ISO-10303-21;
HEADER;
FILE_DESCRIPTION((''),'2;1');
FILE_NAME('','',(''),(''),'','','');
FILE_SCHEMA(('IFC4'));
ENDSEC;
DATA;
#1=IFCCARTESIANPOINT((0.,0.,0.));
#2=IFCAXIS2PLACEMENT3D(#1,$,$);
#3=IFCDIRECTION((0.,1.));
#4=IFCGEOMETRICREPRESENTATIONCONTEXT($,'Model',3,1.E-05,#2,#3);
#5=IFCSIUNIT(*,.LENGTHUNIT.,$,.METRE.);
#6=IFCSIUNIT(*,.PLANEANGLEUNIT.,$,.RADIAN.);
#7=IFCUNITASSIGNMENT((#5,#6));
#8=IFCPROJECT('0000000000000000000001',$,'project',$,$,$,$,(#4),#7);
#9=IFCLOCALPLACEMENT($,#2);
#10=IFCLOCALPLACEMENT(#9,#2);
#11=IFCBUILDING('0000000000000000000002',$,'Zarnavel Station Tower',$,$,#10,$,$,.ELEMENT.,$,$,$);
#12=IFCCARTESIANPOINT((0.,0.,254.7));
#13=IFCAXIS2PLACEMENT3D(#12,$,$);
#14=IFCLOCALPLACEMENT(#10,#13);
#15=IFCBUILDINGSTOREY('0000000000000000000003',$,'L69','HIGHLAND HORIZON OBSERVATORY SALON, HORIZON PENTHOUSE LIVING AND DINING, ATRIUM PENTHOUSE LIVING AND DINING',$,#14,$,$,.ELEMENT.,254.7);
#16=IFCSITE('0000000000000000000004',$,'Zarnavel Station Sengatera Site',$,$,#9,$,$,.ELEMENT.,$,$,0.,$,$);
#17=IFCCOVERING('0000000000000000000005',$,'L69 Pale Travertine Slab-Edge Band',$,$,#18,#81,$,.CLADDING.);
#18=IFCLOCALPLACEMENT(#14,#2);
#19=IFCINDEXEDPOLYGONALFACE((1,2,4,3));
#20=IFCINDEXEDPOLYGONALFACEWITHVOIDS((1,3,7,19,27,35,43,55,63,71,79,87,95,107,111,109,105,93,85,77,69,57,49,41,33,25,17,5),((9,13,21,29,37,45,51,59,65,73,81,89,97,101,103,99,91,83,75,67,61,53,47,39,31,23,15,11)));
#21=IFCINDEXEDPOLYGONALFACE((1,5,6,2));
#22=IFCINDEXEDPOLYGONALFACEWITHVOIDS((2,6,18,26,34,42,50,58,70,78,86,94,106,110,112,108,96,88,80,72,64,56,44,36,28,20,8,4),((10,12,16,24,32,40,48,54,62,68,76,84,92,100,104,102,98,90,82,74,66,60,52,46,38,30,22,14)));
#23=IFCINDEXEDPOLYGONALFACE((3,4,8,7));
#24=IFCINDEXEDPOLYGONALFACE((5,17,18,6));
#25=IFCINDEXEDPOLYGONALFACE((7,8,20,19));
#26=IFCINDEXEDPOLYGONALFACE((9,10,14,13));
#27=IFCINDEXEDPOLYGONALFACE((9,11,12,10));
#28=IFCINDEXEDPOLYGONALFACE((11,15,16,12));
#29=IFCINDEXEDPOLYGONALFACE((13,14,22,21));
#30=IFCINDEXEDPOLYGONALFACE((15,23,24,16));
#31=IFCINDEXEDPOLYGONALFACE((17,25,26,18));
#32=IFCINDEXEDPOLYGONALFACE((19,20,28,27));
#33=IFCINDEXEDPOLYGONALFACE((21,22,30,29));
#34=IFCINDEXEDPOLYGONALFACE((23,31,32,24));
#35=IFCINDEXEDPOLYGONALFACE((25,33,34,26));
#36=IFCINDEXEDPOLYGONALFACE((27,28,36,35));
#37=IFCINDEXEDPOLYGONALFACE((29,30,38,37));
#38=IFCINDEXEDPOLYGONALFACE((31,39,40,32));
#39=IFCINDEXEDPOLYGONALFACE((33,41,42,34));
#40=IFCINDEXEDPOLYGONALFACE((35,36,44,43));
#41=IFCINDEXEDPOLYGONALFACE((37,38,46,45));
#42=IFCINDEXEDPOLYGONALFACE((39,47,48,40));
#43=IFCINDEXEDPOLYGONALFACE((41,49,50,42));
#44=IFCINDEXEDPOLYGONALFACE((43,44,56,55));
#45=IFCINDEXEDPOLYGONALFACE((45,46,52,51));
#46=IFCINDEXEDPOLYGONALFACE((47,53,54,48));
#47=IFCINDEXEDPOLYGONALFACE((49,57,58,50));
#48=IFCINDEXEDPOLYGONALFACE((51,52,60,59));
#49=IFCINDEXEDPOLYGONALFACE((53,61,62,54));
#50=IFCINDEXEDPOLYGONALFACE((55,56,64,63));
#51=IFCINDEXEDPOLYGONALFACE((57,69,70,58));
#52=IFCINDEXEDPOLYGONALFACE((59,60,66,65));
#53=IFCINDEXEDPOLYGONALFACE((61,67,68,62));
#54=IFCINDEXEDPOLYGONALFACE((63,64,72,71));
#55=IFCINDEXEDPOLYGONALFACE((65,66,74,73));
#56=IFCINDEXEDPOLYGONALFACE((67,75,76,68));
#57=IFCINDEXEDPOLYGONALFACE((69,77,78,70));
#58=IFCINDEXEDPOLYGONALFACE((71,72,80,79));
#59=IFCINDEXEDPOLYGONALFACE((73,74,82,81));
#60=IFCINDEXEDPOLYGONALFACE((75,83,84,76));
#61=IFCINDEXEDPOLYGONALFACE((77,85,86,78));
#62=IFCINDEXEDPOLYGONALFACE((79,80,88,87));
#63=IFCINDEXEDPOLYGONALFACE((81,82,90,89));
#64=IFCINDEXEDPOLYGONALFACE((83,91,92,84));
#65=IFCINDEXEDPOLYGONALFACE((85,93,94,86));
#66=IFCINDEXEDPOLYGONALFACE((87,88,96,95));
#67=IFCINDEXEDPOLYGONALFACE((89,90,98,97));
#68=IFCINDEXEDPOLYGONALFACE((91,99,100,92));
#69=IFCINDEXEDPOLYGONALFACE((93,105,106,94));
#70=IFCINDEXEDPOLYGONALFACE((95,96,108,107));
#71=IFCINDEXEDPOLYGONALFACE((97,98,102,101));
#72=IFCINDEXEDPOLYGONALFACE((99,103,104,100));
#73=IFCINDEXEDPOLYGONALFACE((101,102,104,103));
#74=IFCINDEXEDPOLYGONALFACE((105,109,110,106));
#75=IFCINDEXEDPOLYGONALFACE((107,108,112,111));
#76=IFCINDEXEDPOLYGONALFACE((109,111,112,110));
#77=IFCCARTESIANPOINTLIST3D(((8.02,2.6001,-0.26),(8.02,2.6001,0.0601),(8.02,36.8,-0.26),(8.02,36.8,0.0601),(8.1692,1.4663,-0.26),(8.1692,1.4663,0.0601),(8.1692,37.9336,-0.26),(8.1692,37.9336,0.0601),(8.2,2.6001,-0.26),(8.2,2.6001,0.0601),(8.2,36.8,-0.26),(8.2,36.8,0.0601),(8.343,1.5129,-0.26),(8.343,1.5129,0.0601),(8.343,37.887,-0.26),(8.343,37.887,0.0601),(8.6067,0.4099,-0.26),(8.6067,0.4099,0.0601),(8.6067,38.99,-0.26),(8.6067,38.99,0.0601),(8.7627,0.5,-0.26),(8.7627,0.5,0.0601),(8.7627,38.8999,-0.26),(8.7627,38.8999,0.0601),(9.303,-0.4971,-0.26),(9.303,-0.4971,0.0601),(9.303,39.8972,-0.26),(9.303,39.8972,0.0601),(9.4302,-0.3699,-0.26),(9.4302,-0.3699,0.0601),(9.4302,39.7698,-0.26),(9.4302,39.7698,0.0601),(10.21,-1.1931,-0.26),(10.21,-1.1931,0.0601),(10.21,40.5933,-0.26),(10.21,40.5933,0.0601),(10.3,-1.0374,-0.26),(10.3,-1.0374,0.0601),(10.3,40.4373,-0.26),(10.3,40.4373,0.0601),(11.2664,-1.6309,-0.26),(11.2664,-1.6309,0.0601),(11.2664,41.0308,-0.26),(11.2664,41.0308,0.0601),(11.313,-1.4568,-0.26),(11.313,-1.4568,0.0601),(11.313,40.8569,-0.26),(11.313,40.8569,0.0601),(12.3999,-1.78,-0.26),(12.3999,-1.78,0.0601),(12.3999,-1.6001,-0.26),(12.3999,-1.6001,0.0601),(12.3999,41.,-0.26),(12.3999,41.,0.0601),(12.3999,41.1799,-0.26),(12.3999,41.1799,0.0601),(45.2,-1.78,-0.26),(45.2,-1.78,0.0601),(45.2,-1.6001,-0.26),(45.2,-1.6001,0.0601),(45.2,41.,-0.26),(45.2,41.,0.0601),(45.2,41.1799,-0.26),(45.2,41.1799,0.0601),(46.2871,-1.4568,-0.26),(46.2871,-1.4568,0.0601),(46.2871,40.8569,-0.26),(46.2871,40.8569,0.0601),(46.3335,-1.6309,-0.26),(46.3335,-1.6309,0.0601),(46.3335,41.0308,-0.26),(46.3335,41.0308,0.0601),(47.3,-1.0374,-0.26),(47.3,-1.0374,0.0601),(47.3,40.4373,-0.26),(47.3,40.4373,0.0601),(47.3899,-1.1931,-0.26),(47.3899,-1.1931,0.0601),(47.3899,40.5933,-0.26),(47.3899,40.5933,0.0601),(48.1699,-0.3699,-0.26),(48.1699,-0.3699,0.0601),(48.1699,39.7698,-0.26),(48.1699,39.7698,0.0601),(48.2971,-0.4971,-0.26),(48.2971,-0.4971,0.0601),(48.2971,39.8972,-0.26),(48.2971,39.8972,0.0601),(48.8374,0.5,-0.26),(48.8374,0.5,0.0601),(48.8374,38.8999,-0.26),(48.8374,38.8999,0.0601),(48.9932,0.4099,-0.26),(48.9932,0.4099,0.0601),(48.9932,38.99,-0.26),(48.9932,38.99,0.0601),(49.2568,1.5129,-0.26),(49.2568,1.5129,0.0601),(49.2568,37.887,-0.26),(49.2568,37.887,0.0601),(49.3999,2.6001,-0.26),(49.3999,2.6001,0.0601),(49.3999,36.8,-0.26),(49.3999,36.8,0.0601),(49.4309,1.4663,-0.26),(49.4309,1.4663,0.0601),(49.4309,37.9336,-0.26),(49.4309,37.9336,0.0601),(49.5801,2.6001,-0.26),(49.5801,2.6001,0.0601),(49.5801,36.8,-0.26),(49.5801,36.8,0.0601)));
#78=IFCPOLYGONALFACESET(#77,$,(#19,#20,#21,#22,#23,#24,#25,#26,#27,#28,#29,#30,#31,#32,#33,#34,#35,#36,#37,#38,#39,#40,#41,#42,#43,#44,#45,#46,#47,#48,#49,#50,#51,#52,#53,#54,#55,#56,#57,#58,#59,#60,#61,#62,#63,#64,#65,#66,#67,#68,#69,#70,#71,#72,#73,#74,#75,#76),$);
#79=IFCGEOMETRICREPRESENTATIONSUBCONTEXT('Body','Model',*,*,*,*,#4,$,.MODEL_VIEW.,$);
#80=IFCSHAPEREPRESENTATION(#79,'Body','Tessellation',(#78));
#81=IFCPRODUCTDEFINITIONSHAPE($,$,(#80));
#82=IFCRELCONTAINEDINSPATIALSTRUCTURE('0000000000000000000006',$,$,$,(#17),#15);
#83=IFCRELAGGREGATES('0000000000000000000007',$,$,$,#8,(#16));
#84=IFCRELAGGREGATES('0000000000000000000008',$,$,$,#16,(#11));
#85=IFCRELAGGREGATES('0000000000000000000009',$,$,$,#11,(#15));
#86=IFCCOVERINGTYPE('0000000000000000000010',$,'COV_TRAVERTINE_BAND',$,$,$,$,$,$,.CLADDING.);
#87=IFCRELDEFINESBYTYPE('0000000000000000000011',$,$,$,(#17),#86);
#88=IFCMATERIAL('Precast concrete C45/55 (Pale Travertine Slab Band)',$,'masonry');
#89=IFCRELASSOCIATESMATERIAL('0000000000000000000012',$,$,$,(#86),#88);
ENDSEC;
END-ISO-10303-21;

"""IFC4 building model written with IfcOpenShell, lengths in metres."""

from ifc_helpers import new_model, si_unit, direction, frame, origin, place, context, subcontext, project, spatial, polyline, outline, extrude, material, type_object, element, save


model = new_model("IFC4")

# Units and contexts
model_context = context("Model", 3, precision=1e-05, world=origin(), true_north=direction((0.0, 1.0)))
body_context = subcontext(model_context, "Body", "Model", "MODEL_VIEW")
ifc_project = project(units=[si_unit("LENGTHUNIT", "METRE"), si_unit("PLANEANGLEUNIT", "RADIAN")], contexts=[model_context])

# Site, building, storey
site_placement = place(None, origin())
site = spatial("IfcSite", under=ifc_project, at=site_placement, Name="Zarnavel Station Sengatera Site", CompositionType="ELEMENT", RefElevation=0.0)
building_placement = place(site_placement, origin())
building = spatial("IfcBuilding", under=site, at=building_placement, Name="Zarnavel Station Tower", CompositionType="ELEMENT")
storey_placement = place(building_placement, frame((0.0, 0.0, 254.7)))
storey = spatial("IfcBuildingStorey", under=building, at=storey_placement, Name="L69", Description="HIGHLAND HORIZON OBSERVATORY SALON, HORIZON PENTHOUSE LIVING AND DINING, ATRIUM PENTHOUSE LIVING AND DINING", CompositionType="ELEMENT", Elevation=254.7)

# Covering
ifc_material_1 = material(Name="Precast concrete C45/55 (Pale Travertine Slab Band)", Category="masonry")
covering_type_1 = type_object("IfcCoveringType", Name="COV_TRAVERTINE_BAND", PredefinedType="CLADDING", material=ifc_material_1)
covering_1_placement = place(storey_placement, frame((0.0, 0.0, -0.26)))
element("IfcCovering", 1, at=covering_1_placement, inside=storey, type_object=covering_type_1, Name="L69 Pale Travertine Slab-Edge Band", PredefinedType="CLADDING", context=body_context, shape_type="SweptSolid", body=[
    extrude(outline(polyline([(45.2, -1.78), (46.3335, -1.6309), (47.3899, -1.1931), (48.2971, -0.4971), (48.9932, 0.4099), (49.4309, 1.4663), (49.5801, 2.6001), (49.5801, 36.8), (49.4309, 37.9336), (48.9932, 38.99), (48.2971, 39.8972), (47.3899, 40.5933), (46.3335, 41.0308), (45.2, 41.1799), (12.3999, 41.1799), (11.2664, 41.0308), (10.21, 40.5933), (9.303, 39.8972), (8.6067, 38.99), (8.1692, 37.9336), (8.02, 36.8), (8.02, 2.6001), (8.1692, 1.4663), (8.6067, 0.4099), (9.303, -0.4971), (10.21, -1.1931), (11.2664, -1.6309), (12.3999, -1.78), (45.2, -1.78)]), holes=[polyline([(45.2, -1.6001), (46.2871, -1.4568), (47.3, -1.0374), (48.1699, -0.3699), (48.8374, 0.5), (49.2568, 1.5129), (49.3999, 2.6001), (49.3999, 36.8), (49.2568, 37.887), (48.8374, 38.8999), (48.1699, 39.7698), (47.3, 40.4373), (46.2871, 40.8569), (45.2, 41.0), (12.3999, 41.0), (11.313, 40.8569), (10.3, 40.4373), (9.4302, 39.7698), (8.7627, 38.8999), (8.343, 37.887), (8.2, 36.8), (8.2, 2.6001), (8.343, 1.5129), (8.7627, 0.5), (9.4302, -0.3699), (10.3, -1.0374), (11.313, -1.4568), (12.3999, -1.6001), (45.2, -1.6001)])]), origin(), (0.0, 0.0, 1.0), 0.3201),
])

save(model, "model.ifc")
